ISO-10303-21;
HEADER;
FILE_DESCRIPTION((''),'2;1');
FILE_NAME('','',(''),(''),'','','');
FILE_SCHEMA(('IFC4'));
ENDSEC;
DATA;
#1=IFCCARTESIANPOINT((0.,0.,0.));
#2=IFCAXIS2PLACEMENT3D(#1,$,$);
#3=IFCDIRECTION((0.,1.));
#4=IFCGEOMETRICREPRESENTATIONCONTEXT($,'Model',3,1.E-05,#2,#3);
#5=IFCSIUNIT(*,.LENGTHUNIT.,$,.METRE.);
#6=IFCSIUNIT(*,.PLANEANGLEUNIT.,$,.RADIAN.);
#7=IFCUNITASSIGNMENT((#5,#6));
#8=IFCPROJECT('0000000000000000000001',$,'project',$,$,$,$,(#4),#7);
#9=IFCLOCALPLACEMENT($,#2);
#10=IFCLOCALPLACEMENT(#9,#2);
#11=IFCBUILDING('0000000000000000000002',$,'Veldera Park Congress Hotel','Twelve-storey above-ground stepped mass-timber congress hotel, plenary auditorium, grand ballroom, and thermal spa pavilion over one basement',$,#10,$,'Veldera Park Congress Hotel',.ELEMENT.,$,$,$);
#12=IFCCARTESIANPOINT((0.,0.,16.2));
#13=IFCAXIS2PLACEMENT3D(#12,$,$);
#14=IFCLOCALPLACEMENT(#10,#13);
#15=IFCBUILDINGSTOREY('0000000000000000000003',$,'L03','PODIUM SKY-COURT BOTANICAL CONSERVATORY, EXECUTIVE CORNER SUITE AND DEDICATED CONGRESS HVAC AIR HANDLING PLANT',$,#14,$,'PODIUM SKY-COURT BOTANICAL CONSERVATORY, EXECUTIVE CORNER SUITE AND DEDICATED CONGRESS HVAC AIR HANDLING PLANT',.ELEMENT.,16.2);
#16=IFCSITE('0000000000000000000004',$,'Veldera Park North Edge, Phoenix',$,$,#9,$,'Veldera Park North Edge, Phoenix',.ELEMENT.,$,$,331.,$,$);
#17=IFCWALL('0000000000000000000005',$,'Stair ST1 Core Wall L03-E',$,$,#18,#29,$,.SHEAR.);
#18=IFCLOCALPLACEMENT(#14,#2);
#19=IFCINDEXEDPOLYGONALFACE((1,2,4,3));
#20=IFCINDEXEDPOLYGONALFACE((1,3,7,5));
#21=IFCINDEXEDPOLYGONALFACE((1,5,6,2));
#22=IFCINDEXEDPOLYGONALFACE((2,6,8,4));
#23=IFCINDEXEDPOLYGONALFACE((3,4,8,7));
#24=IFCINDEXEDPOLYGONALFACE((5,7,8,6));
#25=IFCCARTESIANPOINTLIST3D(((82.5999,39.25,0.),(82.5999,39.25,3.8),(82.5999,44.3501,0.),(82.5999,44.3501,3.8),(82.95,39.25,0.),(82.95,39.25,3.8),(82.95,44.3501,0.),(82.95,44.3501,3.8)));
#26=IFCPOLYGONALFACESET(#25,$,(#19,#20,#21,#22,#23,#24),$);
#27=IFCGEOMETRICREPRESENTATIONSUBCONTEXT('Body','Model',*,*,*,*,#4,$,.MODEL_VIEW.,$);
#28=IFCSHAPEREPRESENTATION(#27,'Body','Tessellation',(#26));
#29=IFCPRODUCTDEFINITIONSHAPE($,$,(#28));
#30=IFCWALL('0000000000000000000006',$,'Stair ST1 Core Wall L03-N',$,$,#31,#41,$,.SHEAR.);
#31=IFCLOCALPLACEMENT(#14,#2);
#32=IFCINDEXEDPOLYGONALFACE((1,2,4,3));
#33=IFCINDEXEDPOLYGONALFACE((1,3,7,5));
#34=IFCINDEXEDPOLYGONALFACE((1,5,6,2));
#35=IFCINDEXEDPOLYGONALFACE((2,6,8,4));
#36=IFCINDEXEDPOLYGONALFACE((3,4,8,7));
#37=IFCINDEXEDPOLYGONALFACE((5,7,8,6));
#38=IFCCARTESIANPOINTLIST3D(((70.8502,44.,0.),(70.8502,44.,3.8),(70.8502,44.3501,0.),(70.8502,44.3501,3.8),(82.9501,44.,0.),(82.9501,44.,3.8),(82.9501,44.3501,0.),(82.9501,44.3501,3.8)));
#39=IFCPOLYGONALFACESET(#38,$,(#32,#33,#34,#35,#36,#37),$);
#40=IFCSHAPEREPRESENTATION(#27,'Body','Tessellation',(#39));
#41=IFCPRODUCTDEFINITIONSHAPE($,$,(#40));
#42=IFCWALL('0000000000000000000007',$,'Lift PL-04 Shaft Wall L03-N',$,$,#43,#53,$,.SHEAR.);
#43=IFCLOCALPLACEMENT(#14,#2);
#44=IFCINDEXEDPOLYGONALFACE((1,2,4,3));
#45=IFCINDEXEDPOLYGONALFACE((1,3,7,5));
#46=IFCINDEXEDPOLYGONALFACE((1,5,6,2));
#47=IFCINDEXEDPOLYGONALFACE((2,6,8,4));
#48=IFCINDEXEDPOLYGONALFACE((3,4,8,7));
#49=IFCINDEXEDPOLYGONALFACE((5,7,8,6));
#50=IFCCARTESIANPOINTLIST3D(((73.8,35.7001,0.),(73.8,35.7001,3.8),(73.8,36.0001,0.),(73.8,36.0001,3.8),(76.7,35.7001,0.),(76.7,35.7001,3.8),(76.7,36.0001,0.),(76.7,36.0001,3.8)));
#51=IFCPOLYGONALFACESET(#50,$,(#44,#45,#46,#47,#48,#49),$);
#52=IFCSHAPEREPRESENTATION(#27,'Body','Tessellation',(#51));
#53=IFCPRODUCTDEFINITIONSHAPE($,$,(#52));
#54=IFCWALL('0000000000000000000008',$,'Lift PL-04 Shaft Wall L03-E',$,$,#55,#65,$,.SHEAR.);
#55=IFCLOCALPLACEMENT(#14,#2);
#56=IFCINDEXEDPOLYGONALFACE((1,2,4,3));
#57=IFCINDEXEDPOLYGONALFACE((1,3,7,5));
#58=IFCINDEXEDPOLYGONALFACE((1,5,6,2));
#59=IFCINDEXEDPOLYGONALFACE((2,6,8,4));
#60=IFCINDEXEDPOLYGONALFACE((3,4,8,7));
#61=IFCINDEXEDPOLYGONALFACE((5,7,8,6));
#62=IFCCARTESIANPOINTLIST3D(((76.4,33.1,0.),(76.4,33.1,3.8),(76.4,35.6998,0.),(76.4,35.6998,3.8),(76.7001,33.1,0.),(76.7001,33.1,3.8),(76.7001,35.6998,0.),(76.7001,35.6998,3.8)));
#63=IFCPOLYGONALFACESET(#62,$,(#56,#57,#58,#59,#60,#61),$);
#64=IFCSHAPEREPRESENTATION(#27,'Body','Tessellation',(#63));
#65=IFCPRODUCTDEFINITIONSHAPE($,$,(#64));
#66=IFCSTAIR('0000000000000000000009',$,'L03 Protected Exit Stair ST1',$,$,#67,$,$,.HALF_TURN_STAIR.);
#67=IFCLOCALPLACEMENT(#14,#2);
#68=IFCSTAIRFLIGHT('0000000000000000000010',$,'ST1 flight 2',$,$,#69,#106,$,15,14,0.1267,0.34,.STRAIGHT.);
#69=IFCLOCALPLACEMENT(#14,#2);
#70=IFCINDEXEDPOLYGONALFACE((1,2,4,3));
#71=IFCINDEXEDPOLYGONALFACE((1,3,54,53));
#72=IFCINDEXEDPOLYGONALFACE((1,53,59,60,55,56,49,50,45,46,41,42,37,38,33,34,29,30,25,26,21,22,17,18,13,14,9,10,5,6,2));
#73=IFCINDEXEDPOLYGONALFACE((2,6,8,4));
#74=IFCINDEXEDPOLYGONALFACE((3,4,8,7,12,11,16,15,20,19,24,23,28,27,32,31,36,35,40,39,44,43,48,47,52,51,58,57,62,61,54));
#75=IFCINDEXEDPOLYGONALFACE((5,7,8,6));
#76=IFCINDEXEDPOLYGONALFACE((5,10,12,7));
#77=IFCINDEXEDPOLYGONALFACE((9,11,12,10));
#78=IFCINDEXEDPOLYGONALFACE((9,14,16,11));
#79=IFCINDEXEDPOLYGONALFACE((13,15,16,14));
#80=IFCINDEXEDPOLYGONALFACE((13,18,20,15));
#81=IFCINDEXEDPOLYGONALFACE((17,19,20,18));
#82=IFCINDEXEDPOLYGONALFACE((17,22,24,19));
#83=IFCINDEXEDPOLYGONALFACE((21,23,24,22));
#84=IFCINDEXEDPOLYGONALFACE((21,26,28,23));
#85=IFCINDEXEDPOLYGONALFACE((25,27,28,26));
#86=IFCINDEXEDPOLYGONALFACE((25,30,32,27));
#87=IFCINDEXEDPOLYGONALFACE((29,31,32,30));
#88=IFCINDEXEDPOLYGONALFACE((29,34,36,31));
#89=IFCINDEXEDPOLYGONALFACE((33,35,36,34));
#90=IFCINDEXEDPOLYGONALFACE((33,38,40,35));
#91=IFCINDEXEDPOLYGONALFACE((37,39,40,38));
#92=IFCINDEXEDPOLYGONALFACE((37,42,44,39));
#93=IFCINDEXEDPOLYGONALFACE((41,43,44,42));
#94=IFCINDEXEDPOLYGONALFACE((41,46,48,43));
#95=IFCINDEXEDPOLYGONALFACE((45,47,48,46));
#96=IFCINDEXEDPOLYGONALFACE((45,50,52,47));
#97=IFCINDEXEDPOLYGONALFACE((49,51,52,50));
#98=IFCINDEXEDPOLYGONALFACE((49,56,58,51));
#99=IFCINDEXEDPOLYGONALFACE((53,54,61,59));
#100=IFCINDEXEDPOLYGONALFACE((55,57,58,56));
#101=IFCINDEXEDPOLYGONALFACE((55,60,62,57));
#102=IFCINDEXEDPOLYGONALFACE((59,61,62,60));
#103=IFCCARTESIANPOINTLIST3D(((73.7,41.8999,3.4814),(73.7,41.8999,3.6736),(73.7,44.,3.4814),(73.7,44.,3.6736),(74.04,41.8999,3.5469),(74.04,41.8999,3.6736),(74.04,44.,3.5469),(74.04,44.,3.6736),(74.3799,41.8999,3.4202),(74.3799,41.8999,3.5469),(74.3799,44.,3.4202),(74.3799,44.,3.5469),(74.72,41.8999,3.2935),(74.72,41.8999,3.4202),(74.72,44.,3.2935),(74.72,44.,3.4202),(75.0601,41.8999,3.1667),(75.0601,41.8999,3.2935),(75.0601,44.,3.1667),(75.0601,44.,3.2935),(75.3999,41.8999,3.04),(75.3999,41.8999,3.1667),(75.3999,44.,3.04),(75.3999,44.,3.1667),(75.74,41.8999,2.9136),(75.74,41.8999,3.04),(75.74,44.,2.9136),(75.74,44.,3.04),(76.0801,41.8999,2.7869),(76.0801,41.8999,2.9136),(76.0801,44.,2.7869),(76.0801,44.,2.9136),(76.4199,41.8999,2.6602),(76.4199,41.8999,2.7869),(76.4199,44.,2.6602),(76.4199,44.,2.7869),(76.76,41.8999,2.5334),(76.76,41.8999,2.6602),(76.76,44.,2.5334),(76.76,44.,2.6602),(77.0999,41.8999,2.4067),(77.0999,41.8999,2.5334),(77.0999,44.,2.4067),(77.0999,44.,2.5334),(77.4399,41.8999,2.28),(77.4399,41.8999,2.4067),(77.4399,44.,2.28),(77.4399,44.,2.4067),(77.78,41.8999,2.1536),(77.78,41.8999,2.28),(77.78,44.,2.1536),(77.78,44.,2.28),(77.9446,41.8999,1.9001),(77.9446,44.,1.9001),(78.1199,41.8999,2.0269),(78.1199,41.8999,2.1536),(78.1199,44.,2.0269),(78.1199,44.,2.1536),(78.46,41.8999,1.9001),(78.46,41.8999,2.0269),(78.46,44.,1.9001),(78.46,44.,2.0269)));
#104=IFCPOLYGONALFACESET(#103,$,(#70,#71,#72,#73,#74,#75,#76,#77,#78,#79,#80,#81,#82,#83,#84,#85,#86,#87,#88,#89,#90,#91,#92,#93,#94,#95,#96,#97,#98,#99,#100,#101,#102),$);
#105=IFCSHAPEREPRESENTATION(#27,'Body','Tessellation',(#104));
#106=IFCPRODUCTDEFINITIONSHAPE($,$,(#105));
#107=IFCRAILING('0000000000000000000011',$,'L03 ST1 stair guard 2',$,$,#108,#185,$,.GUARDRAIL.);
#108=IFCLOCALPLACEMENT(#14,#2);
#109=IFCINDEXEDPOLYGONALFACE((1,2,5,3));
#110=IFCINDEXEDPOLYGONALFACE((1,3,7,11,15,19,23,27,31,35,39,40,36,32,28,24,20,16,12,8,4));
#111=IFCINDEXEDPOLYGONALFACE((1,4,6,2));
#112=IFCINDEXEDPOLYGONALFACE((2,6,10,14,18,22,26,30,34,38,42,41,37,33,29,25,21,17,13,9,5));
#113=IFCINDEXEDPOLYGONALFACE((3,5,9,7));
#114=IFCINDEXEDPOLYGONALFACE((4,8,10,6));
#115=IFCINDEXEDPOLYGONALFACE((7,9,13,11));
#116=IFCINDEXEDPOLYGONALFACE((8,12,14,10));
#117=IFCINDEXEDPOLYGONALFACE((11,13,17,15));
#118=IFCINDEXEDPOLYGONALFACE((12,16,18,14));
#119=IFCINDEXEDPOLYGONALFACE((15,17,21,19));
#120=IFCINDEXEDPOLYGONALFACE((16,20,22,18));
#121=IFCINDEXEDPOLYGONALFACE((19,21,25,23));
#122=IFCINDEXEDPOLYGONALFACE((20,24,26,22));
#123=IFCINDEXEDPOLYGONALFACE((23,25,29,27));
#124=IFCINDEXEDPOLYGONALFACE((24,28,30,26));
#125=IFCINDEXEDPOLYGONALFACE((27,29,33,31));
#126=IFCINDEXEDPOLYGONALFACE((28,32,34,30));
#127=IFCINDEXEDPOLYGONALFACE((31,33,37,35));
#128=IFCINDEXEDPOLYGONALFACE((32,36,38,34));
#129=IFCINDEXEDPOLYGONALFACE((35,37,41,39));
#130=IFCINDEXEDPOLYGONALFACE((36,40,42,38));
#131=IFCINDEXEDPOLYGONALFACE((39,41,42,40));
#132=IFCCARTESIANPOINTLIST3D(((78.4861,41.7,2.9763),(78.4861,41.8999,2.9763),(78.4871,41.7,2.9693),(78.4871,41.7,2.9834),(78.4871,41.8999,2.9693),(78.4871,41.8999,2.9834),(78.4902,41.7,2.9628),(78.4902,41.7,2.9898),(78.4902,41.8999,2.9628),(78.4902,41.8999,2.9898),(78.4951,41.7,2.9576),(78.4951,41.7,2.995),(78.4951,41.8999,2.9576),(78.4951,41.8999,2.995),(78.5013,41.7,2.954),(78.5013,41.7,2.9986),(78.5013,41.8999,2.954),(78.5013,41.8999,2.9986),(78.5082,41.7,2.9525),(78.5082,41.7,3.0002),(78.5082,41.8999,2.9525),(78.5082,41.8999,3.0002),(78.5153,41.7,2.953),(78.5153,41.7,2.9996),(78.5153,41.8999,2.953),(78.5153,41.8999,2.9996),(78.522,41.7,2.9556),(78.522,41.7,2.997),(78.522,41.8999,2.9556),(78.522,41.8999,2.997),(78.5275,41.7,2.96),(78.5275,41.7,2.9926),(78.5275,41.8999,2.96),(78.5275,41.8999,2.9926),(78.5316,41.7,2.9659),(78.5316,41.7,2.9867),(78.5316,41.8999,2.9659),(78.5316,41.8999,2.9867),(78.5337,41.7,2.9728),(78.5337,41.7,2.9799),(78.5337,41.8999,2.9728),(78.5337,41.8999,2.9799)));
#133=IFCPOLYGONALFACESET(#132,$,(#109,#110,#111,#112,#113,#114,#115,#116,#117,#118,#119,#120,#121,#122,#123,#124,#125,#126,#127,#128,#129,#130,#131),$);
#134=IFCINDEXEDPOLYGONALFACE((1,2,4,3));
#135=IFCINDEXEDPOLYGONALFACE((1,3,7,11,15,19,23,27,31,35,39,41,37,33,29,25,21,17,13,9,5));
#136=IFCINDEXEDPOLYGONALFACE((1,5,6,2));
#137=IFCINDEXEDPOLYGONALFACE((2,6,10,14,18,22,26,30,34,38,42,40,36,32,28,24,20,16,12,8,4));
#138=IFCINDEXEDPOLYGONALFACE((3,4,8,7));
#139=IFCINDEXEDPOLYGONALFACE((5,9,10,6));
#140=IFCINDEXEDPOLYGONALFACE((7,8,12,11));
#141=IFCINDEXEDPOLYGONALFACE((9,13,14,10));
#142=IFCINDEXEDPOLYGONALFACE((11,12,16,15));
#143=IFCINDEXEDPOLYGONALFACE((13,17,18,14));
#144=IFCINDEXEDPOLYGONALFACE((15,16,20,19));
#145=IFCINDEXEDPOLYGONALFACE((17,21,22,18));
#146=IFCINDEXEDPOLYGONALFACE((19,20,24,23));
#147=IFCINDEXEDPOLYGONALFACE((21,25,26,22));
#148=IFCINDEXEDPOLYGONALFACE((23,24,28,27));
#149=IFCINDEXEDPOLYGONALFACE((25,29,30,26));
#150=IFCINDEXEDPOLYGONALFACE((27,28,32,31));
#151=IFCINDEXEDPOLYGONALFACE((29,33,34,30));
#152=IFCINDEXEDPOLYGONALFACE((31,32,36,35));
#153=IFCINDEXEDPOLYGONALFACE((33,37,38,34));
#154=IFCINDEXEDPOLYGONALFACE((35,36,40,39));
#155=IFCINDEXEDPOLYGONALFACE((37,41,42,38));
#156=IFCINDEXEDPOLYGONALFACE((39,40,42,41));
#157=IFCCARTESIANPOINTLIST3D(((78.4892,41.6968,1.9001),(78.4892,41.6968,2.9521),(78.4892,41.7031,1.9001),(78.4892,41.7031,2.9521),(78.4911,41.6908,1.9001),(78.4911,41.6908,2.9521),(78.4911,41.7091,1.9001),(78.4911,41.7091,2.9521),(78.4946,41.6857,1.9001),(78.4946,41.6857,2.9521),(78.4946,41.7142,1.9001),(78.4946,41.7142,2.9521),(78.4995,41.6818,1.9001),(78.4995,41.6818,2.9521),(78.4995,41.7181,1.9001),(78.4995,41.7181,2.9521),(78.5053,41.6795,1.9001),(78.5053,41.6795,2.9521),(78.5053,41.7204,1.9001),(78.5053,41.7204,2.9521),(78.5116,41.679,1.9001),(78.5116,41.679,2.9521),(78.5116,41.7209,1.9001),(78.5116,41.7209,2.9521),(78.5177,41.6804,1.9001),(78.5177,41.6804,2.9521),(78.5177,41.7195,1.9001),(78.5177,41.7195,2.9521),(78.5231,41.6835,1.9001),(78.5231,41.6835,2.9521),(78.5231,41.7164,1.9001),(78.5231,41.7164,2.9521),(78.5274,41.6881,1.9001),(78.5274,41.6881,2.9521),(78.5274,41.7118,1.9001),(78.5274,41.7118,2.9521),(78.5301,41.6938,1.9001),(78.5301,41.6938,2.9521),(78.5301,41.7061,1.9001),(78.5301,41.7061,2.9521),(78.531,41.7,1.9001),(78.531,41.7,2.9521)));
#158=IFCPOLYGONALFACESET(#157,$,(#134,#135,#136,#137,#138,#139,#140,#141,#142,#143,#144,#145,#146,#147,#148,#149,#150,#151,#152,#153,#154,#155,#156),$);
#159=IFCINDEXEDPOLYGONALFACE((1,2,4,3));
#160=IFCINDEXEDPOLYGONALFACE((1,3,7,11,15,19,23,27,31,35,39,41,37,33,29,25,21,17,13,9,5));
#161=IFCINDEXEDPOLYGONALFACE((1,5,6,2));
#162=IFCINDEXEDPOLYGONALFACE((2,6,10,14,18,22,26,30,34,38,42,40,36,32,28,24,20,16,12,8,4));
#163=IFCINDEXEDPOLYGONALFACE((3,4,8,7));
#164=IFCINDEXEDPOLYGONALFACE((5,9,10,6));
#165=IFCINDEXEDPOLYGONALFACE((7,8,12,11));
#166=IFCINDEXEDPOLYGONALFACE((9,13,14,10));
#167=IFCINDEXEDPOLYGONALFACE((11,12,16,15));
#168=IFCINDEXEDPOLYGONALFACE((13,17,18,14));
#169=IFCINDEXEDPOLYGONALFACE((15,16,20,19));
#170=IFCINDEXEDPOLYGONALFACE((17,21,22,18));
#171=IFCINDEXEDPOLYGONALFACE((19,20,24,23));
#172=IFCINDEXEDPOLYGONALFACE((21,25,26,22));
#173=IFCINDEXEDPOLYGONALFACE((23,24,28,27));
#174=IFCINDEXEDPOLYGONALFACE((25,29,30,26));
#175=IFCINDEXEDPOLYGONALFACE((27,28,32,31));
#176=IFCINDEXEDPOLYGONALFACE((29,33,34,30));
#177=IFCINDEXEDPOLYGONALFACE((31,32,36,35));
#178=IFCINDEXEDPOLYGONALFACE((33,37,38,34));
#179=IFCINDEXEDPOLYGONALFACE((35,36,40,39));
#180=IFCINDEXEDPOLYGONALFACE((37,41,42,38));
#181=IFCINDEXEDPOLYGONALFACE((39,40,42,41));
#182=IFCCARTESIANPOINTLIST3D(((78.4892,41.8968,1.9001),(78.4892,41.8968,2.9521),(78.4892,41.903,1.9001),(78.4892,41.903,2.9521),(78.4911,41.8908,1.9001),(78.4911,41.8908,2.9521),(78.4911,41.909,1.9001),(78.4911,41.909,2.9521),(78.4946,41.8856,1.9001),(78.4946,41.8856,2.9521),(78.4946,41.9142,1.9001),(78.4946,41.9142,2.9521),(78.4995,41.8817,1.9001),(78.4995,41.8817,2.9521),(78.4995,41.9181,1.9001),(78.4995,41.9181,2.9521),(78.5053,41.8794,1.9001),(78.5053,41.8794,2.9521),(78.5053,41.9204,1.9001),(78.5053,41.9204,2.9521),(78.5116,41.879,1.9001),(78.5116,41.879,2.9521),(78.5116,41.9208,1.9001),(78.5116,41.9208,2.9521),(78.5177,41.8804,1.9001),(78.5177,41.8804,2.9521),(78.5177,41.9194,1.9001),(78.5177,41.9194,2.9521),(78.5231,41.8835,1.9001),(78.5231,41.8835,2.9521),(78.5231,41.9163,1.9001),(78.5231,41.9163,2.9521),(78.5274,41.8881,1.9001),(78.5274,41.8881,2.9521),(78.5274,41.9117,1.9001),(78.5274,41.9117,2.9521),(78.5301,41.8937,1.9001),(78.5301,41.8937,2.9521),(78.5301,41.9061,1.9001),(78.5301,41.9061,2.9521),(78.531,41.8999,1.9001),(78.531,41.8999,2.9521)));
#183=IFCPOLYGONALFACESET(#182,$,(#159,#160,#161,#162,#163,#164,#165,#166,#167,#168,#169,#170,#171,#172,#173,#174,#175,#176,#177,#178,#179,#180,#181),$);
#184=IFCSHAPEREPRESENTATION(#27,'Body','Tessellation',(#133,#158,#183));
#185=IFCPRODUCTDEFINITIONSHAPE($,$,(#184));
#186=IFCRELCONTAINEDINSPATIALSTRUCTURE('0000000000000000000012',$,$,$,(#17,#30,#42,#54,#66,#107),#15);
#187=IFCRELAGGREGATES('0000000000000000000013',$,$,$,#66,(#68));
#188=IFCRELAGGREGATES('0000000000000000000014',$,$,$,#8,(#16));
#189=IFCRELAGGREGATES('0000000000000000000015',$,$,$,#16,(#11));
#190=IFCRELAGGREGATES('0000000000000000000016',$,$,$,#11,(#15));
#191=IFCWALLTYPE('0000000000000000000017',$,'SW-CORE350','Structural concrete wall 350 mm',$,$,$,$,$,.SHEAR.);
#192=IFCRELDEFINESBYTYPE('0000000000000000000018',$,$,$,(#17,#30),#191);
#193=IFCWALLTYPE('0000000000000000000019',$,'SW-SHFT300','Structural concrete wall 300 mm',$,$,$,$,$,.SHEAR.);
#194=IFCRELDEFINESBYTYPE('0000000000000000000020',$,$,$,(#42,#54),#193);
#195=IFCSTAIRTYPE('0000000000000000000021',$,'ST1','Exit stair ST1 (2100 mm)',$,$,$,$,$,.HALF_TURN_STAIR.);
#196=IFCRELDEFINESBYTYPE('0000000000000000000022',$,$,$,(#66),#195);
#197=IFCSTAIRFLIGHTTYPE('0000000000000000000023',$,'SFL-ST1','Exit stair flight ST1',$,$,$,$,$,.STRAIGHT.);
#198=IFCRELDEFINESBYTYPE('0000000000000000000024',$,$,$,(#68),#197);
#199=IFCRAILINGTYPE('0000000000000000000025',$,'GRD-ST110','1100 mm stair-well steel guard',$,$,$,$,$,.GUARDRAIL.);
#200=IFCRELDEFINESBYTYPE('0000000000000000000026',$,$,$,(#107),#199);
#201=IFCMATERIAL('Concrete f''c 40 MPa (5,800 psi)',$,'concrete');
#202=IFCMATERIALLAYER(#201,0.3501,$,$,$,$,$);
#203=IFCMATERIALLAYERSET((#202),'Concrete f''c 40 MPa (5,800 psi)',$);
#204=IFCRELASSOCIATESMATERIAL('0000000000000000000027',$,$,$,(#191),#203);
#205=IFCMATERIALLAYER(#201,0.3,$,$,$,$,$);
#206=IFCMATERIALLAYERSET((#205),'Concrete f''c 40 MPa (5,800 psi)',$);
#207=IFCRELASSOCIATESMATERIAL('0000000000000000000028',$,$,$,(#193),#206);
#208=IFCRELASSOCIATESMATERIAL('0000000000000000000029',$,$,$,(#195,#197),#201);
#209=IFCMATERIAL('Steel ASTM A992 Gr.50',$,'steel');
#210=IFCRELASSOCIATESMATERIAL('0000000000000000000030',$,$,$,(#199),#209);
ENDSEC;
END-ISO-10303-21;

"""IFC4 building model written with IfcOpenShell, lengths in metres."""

from ifc_helpers import new_model, si_unit, direction, frame, frame_2d, origin, origin_2d, place, context, subcontext, project, spatial, polyline, rectangle, circle, outline, extrude, material, layer, layer_set, type_object, element, aggregate, save


model = new_model("IFC4")

# Units and contexts
model_context = context("Model", 3, precision=1e-05, world=origin(), true_north=direction((0.0, 1.0)))
body_context = subcontext(model_context, "Body", "Model", "MODEL_VIEW")
ifc_project = project(units=[si_unit("LENGTHUNIT", "METRE"), si_unit("PLANEANGLEUNIT", "RADIAN")], contexts=[model_context])

# Site, building, storey
site_placement = place(None, origin())
site = spatial("IfcSite", under=ifc_project, at=site_placement, Name="Veldera Park North Edge, Phoenix", LongName="Veldera Park North Edge, Phoenix", CompositionType="ELEMENT", RefElevation=331.0)
building_placement = place(site_placement, origin())
building = spatial("IfcBuilding", under=site, at=building_placement, Name="Veldera Park Congress Hotel", Description="Twelve-storey above-ground stepped mass-timber congress hotel, plenary auditorium, grand ballroom, and thermal spa pavilion over one basement", LongName="Veldera Park Congress Hotel", CompositionType="ELEMENT")
storey_placement = place(building_placement, frame((0.0, 0.0, 16.2)))
storey = spatial("IfcBuildingStorey", under=building, at=storey_placement, Name="L03", Description="PODIUM SKY-COURT BOTANICAL CONSERVATORY, EXECUTIVE CORNER SUITE AND DEDICATED CONGRESS HVAC AIR HANDLING PLANT", LongName="PODIUM SKY-COURT BOTANICAL CONSERVATORY, EXECUTIVE CORNER SUITE AND DEDICATED CONGRESS HVAC AIR HANDLING PLANT", CompositionType="ELEMENT", Elevation=16.2)

# Walls
ifc_material_1 = material(Name="Concrete f'c 40 MPa (5,800 psi)", Category="concrete")
ifc_layer_1 = layer(ifc_material_1, 0.3501)
ifc_layer_set_1 = layer_set([ifc_layer_1], Name="Concrete f'c 40 MPa (5,800 psi)")
wall_type_1 = type_object("IfcWallType", Name="SW-CORE350", Description="Structural concrete wall 350 mm", PredefinedType="SHEAR", material=ifc_layer_set_1)
wall_1_placement = place(storey_placement, frame((82.7749, 39.25, 0.0), z_axis=(0.0, 0.0, 1.0), x_axis=(0.0, 1.0, 0.0)))
element("IfcWall", 1, at=wall_1_placement, inside=storey, type_object=wall_type_1, Name="Stair ST1 Core Wall L03-E", PredefinedType="SHEAR", context=body_context, shape_type="SweptSolid", body=[
    extrude(rectangle(XDim=5.1001, YDim=0.3501, at=frame_2d((2.55, 0.0))), origin(), (0.0, 0.0, 1.0), 3.8),
])
wall_2_placement = place(storey_placement, frame((82.95, 44.175, 0.0), z_axis=(0.0, 0.0, 1.0), x_axis=(-1.0, 0.0, 0.0)))
element("IfcWall", 2, at=wall_2_placement, inside=storey, type_object=wall_type_1, Name="Stair ST1 Core Wall L03-N", PredefinedType="SHEAR", context=body_context, shape_type="SweptSolid", body=[
    extrude(rectangle(XDim=12.0999, YDim=0.3501, at=frame_2d((6.0498, 0.0))), origin(), (0.0, 0.0, 1.0), 3.8),
])
ifc_layer_2 = layer(ifc_material_1, 0.3)
ifc_layer_set_2 = layer_set([ifc_layer_2], Name="Concrete f'c 40 MPa (5,800 psi)")
wall_type_2 = type_object("IfcWallType", Name="SW-SHFT300", Description="Structural concrete wall 300 mm", PredefinedType="SHEAR", material=ifc_layer_set_2)
wall_3_placement = place(storey_placement, frame((76.7, 35.8501, 0.0), z_axis=(0.0, 0.0, 1.0), x_axis=(-1.0, 0.0, 0.0)))
element("IfcWall", 3, at=wall_3_placement, inside=storey, type_object=wall_type_2, Name="Lift PL-04 Shaft Wall L03-N", PredefinedType="SHEAR", context=body_context, shape_type="SweptSolid", body=[
    extrude(rectangle(XDim=2.8999, YDim=0.3, at=frame_2d((1.45, 0.0))), origin(), (0.0, 0.0, 1.0), 3.8),
])
wall_4_placement = place(storey_placement, frame((76.55, 33.1001, 0.0), z_axis=(0.0, 0.0, 1.0), x_axis=(0.0, 1.0, 0.0)))
element("IfcWall", 4, at=wall_4_placement, inside=storey, type_object=wall_type_2, Name="Lift PL-04 Shaft Wall L03-E", PredefinedType="SHEAR", context=body_context, shape_type="SweptSolid", body=[
    extrude(rectangle(XDim=2.5999, YDim=0.3, at=frame_2d((1.2998, 0.0))), origin(), (0.0, 0.0, 1.0), 3.8),
])

# Stair, stair flight
stair_type = type_object("IfcStairType", Name="ST1", Description="Exit stair ST1 (2100 mm)", PredefinedType="HALF_TURN_STAIR", material=ifc_material_1)
stair_placement = place(storey_placement, origin())
stair = element("IfcStair", 5, at=stair_placement, inside=storey, type_object=stair_type, Name="L03 Protected Exit Stair ST1", PredefinedType="HALF_TURN_STAIR")
stair_flight_type = type_object("IfcStairFlightType", Name="SFL-ST1", Description="Exit stair flight ST1", PredefinedType="STRAIGHT", material=ifc_material_1)
stair_flight_placement = place(storey_placement, frame((78.46, 42.95, 1.9001), z_axis=(0.0, 0.0, 1.0), x_axis=(-1.0, 0.0, 0.0)))
stair_flight = element("IfcStairFlight", 6, at=stair_flight_placement, type_object=stair_flight_type, Name="ST1 flight 2", NumberOfRisers=15, NumberOfTreads=14, PredefinedType="STRAIGHT", RiserHeight=0.1267, TreadLength=0.34, context=body_context, shape_type="SweptSolid", body=[
    extrude(outline(polyline([(0.0, 0.0), (0.0, 0.1267), (0.3401, 0.1267), (0.3401, 0.2534), (0.6799, 0.2534), (0.6799, 0.3799), (1.02, 0.3799), (1.02, 0.5066), (1.3601, 0.5066), (1.3601, 0.6333), (1.7, 0.6333), (1.7, 0.76), (2.04, 0.76), (2.04, 0.8867), (2.3799, 0.8867), (2.3799, 1.0134), (2.72, 1.0134), (2.72, 1.1399), (3.0601, 1.1399), (3.0601, 1.2666), (3.3999, 1.2666), (3.3999, 1.3933), (3.74, 1.3933), (3.74, 1.52), (4.0801, 1.52), (4.0801, 1.6467), (4.4199, 1.6467), (4.4199, 1.7734), (4.76, 1.7734), (4.76, 1.8999), (4.76, 1.8999), (4.76, 1.5813), (0.5154, 0.0), (0.0, 0.0)])), frame((0.0, 1.05, 0.0), z_axis=(0.0, -1.0, 0.0), x_axis=(1.0, 0.0, 0.0)), (0.0, 0.0, 1.0), 2.1001),
])
aggregate(stair, [stair_flight])

# Railing
ifc_material_2 = material(Name="Steel ASTM A992 Gr.50", Category="steel")
railing_type_1 = type_object("IfcRailingType", Name="GRD-ST110", Description="1100 mm stair-well steel guard", PredefinedType="GUARDRAIL", material=ifc_material_2)
railing_1_placement = place(storey_placement, frame((78.51, 41.7, 1.9001)))
element("IfcRailing", 7, at=railing_1_placement, inside=storey, type_object=railing_type_1, Name="L03 ST1 stair guard 2", PredefinedType="GUARDRAIL", context=body_context, shape_type="SweptSolid", body=[
    extrude(circle(Radius=0.0239, at=origin_2d()), frame((0.0, 0.0, 1.0762), z_axis=(0.0, 1.0, 0.0), x_axis=(-1.0, 0.0, 0.0)), (0.0, 0.0, 1.0), 0.2),
    extrude(circle(Radius=0.021, at=origin_2d()), origin(), (0.0, 0.0, 1.0), 1.052),
    extrude(circle(Radius=0.021, at=origin_2d()), frame((0.0, 0.2, 0.0)), (0.0, 0.0, 1.0), 1.052),
])

save(model, "model.ifc")
